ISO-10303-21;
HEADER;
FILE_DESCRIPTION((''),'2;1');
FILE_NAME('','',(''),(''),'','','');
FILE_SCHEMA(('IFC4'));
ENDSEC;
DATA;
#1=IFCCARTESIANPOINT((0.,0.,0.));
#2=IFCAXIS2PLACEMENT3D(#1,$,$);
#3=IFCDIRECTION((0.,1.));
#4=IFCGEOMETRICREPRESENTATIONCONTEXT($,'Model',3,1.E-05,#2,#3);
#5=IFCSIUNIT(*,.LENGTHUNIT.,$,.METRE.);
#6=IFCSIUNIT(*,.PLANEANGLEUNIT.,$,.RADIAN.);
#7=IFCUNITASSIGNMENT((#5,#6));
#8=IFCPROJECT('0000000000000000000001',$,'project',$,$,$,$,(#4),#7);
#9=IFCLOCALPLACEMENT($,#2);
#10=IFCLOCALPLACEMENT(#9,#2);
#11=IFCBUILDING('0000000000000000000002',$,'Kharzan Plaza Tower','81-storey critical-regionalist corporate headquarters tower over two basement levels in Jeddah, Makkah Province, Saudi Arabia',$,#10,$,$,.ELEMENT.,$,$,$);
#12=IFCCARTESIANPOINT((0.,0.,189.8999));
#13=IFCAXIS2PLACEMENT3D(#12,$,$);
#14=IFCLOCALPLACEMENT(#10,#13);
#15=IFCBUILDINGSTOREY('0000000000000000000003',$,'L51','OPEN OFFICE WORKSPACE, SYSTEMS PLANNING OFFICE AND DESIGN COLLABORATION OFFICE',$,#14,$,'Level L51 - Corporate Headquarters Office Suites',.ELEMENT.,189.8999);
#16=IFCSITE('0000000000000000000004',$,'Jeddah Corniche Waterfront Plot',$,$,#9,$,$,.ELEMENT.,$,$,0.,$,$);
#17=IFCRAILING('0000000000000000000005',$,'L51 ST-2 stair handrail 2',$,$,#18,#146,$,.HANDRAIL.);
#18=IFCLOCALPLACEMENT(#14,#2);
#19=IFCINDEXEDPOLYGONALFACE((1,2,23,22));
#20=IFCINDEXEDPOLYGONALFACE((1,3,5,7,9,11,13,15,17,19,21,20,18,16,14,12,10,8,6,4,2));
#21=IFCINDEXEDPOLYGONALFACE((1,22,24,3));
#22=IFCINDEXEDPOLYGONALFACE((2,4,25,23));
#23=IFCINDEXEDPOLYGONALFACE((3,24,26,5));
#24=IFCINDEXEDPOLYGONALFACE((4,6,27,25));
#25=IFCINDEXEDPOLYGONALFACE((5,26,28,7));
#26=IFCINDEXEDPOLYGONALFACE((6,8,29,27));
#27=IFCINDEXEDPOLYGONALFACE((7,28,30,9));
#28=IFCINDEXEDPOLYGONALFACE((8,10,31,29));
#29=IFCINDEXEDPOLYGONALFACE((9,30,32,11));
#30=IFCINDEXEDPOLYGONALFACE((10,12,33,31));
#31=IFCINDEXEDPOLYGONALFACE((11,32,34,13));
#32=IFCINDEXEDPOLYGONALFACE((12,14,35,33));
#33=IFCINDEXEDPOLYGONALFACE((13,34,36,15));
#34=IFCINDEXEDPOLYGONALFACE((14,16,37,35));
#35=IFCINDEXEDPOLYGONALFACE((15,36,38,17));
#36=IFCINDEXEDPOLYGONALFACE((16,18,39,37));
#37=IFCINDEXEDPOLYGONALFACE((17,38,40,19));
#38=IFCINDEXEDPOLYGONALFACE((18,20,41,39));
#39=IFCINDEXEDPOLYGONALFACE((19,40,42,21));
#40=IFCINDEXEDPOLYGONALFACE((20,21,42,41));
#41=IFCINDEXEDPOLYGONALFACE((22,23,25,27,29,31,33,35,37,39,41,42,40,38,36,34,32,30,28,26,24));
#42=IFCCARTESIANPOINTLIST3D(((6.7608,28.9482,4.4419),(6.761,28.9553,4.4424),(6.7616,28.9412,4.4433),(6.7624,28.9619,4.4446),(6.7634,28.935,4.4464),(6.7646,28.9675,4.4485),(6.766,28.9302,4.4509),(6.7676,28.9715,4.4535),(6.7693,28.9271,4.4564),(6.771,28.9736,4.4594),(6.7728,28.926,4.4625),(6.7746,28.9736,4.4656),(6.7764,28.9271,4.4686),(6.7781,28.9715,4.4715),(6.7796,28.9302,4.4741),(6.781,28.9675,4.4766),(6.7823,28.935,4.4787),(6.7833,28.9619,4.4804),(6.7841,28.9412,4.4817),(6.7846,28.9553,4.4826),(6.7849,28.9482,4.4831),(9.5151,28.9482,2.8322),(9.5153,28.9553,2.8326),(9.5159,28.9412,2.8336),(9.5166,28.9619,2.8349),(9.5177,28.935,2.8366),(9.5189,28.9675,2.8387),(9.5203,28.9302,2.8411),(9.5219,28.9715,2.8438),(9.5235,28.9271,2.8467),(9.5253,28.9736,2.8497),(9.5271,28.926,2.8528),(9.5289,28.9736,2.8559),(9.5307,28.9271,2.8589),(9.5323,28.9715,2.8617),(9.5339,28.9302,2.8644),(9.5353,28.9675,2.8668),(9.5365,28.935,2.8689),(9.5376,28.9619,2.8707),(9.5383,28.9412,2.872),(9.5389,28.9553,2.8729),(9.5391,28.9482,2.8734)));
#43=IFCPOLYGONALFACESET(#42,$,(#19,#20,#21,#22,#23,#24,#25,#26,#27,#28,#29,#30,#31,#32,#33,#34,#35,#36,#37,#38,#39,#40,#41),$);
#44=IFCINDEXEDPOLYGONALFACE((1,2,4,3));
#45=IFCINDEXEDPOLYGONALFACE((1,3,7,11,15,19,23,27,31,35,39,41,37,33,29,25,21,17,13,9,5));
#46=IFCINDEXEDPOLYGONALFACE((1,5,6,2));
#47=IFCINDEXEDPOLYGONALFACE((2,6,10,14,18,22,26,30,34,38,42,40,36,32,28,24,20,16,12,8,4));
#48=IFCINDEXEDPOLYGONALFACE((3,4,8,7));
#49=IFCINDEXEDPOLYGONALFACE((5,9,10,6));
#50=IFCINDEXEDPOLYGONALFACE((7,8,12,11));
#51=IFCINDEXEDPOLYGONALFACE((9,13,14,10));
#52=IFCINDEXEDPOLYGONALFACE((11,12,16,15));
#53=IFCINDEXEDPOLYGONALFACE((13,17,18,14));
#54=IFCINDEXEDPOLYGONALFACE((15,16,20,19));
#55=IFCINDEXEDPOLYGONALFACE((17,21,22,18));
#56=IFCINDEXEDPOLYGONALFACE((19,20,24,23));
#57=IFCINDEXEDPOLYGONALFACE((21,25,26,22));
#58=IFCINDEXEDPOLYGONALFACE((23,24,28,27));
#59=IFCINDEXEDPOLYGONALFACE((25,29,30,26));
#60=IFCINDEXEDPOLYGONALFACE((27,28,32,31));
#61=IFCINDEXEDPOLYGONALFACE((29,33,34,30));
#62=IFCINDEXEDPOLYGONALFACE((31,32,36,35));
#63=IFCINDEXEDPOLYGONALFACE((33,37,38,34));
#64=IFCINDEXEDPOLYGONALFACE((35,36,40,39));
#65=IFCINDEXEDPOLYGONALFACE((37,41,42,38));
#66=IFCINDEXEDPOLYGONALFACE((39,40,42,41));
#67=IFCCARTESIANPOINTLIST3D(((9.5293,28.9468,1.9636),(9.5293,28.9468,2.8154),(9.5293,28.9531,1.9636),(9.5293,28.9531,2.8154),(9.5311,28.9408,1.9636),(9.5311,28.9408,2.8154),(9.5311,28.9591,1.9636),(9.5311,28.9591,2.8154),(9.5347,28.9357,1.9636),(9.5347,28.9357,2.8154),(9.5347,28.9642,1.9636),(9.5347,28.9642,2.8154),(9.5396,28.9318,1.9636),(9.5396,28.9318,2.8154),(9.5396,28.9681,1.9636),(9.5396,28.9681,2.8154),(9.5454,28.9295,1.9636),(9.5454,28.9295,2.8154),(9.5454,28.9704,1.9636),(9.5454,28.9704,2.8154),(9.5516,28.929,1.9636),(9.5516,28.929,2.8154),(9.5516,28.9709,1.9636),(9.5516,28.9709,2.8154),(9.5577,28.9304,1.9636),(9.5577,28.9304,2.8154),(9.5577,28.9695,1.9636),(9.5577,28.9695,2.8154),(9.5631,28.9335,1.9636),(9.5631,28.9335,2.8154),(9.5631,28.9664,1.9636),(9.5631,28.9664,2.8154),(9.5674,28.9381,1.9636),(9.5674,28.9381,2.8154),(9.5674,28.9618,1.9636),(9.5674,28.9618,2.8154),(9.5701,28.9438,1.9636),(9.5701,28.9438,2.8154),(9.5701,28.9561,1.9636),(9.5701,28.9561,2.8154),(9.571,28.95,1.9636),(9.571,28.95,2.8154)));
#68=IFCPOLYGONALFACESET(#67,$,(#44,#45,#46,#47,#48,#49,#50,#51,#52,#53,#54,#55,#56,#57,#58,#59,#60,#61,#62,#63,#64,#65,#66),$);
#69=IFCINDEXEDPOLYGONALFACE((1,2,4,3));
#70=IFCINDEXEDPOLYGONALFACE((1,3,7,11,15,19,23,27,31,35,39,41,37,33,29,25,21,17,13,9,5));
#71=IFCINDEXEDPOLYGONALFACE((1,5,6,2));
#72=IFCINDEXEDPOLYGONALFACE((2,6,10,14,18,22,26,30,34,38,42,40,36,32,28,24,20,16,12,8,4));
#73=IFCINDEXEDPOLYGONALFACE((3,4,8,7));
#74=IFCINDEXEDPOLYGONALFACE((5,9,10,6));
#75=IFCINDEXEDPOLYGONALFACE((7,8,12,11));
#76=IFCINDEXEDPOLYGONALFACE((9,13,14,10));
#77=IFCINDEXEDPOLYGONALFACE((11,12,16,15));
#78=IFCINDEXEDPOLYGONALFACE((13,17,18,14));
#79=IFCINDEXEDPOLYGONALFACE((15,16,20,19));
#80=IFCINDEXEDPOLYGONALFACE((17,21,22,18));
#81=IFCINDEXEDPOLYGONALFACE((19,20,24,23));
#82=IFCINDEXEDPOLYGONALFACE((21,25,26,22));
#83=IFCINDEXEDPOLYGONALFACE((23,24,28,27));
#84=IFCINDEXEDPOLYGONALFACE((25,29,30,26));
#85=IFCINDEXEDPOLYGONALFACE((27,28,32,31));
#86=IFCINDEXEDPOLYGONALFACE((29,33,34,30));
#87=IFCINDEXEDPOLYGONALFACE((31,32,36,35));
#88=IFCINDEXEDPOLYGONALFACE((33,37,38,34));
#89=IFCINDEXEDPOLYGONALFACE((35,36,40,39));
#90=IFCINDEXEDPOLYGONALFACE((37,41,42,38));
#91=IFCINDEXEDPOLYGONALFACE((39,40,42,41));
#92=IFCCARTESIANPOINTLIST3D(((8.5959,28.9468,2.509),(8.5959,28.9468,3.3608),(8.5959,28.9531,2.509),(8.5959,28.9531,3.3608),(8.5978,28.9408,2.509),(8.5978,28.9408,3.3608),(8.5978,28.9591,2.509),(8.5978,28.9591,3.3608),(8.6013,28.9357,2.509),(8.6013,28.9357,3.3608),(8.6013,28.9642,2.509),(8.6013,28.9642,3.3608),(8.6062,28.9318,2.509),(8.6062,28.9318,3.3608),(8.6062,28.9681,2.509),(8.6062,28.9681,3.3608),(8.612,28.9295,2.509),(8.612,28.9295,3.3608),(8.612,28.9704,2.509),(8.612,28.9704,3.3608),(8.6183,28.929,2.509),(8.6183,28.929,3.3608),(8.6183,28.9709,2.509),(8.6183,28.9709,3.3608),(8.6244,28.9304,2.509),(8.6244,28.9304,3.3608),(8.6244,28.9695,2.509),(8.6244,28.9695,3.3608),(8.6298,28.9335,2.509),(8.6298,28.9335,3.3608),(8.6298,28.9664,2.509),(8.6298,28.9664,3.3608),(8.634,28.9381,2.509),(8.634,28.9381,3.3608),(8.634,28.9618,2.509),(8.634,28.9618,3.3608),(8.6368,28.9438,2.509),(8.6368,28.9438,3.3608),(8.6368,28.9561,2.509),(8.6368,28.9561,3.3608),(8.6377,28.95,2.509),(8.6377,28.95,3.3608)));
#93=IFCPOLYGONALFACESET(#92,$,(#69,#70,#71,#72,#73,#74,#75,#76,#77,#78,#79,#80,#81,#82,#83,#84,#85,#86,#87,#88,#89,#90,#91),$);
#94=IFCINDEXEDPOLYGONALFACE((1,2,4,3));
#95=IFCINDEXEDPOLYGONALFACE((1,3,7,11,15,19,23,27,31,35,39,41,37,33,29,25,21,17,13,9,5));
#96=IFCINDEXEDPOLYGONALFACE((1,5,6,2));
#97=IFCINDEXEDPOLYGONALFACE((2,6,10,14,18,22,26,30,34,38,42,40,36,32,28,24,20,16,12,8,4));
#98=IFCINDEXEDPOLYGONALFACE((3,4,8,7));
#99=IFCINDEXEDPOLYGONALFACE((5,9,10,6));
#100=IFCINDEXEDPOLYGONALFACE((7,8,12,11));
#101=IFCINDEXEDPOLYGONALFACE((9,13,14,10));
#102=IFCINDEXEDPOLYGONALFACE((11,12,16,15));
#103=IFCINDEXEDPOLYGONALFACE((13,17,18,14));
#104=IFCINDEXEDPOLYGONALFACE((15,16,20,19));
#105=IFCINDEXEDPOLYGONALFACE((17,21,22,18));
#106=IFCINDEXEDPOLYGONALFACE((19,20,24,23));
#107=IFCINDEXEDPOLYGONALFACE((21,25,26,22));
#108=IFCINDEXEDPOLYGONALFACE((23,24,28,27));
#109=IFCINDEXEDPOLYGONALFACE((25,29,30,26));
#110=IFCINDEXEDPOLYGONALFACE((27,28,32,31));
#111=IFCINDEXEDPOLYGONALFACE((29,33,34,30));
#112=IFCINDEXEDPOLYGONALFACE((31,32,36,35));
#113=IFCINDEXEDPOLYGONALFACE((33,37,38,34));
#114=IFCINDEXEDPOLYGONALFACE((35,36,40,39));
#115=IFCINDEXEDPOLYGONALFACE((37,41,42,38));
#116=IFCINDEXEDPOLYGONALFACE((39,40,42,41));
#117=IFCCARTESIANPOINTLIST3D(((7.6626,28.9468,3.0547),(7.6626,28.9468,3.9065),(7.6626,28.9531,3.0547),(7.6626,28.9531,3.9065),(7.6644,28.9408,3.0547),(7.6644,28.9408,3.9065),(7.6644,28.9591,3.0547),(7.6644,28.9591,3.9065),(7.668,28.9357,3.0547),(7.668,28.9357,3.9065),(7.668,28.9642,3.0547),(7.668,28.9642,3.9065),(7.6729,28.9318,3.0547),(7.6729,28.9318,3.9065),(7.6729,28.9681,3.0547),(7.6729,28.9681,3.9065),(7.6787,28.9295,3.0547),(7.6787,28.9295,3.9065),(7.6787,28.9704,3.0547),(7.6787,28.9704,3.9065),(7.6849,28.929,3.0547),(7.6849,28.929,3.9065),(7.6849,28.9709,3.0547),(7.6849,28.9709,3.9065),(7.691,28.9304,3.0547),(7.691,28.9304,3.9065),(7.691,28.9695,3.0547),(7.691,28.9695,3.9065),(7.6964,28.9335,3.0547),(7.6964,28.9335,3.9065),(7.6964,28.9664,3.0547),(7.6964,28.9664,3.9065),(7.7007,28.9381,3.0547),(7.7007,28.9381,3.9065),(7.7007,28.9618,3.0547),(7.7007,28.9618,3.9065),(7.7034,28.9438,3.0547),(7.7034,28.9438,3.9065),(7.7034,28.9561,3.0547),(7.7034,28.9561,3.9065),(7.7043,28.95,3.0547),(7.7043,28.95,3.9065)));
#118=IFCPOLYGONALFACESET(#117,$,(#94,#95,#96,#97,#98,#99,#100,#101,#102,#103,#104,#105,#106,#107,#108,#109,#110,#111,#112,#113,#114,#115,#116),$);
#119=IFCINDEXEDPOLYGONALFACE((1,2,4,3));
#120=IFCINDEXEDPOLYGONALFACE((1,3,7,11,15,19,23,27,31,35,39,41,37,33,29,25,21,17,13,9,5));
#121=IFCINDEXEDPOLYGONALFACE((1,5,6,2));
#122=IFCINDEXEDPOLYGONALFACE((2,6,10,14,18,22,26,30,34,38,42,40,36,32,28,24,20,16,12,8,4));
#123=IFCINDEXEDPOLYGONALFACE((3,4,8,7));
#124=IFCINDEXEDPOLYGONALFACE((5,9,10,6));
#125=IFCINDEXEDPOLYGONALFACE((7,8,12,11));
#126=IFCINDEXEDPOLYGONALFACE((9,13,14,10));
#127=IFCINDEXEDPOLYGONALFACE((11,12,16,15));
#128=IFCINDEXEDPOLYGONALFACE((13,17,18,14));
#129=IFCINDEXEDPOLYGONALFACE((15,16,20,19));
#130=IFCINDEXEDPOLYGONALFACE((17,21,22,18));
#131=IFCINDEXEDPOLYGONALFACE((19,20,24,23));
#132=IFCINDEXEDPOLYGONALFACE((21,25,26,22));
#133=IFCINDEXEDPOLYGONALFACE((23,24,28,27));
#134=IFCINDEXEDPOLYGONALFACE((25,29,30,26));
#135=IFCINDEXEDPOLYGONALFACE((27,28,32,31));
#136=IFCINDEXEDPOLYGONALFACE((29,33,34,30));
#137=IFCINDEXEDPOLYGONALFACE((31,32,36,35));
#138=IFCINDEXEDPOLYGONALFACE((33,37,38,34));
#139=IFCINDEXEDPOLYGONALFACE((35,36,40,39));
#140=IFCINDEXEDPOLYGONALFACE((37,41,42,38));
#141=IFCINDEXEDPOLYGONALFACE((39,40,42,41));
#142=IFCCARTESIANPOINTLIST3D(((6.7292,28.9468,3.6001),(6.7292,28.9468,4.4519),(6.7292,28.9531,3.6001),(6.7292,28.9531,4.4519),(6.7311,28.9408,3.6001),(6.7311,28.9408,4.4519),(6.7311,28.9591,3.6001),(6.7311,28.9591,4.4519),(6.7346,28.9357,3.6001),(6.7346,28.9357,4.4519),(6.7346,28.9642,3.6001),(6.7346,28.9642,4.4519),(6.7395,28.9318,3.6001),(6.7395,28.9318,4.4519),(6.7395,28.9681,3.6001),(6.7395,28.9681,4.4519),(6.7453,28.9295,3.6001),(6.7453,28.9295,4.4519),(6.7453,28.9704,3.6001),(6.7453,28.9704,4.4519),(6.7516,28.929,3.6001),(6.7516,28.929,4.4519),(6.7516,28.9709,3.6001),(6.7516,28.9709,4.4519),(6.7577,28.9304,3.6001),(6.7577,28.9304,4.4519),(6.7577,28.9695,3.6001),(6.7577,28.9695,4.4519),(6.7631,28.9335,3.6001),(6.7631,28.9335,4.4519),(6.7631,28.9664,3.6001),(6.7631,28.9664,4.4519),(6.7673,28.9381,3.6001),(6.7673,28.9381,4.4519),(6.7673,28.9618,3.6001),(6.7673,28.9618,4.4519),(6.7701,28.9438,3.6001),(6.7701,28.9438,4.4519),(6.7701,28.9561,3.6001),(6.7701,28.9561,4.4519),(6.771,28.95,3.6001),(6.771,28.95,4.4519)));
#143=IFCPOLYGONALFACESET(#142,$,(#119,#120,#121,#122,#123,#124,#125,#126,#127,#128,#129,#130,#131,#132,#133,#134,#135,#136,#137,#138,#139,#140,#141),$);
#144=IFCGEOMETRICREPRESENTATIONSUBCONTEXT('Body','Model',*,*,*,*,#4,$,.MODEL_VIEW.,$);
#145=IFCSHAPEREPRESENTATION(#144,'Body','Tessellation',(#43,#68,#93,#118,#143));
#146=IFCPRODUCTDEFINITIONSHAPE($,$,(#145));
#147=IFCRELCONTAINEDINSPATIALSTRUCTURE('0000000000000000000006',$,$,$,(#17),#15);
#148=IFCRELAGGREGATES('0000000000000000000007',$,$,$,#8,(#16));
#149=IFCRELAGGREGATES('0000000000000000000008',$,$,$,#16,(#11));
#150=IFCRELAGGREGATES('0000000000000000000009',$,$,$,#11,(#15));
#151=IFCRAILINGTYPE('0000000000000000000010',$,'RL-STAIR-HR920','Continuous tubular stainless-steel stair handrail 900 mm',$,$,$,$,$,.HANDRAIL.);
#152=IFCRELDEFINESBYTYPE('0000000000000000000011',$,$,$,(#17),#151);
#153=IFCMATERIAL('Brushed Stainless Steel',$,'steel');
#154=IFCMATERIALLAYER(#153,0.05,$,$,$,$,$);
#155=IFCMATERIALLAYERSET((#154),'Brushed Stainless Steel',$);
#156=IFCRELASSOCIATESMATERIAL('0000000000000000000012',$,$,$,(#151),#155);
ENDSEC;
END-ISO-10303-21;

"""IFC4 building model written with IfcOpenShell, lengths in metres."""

from ifc_helpers import new_model, si_unit, direction, frame, origin, origin_2d, place, context, subcontext, project, spatial, circle, extrude, source, transform, mapped, material, layer, layer_set, type_object, element, save


model = new_model("IFC4")

# Units and contexts
model_context = context("Model", 3, precision=1e-05, world=origin(), true_north=direction((0.0, 1.0)))
body_context = subcontext(model_context, "Body", "Model", "MODEL_VIEW")
ifc_project = project(units=[si_unit("LENGTHUNIT", "METRE"), si_unit("PLANEANGLEUNIT", "RADIAN")], contexts=[model_context])

# Site, building, storey
site_placement = place(None, origin())
site = spatial("IfcSite", under=ifc_project, at=site_placement, Name="Jeddah Corniche Waterfront Plot", CompositionType="ELEMENT", RefElevation=0.0)
building_placement = place(site_placement, origin())
building = spatial("IfcBuilding", under=site, at=building_placement, Name="Kharzan Plaza Tower", Description="81-storey critical-regionalist corporate headquarters tower over two basement levels in Jeddah, Makkah Province, Saudi Arabia", CompositionType="ELEMENT")
storey_placement = place(building_placement, frame((0.0, 0.0, 189.8999)))
storey = spatial("IfcBuildingStorey", under=building, at=storey_placement, Name="L51", Description="OPEN OFFICE WORKSPACE, SYSTEMS PLANNING OFFICE AND DESIGN COLLABORATION OFFICE", LongName="Level L51 - Corporate Headquarters Office Suites", CompositionType="ELEMENT", Elevation=189.8999)

# Shared definitions
ifc_material_1 = material(Name="Brushed Stainless Steel", Category="steel")

# Railing
ifc_layer_1 = layer(ifc_material_1, 0.05)
ifc_layer_set_1 = layer_set([ifc_layer_1], Name="Brushed Stainless Steel")
railing_type_1 = type_object("IfcRailingType", Name="RL-STAIR-HR920", Description="Continuous tubular stainless-steel stair handrail 900 mm", PredefinedType="HANDRAIL", material=ifc_layer_set_1)
shared_shape_1 = source(origin(), body_context, "Body", "SweptSolid", [
    extrude(circle(Radius=0.0239, at=origin_2d()), frame((-0.0229, 0.0, 0.8892), z_axis=(-0.863361, 0.0, 0.504587), x_axis=(0.0, -1.0, 0.0)), (0.0, 0.0, 1.0), 3.1902),
    extrude(circle(Radius=0.021, at=origin_2d()), origin(), (0.0, 0.0, 1.0), 0.8518),
    extrude(circle(Radius=0.021, at=origin_2d()), frame((-0.9333, 0.0, 0.5454)), (0.0, 0.0, 1.0), 0.8518),
    extrude(circle(Radius=0.021, at=origin_2d()), frame((-1.8667, 0.0, 1.0911)), (0.0, 0.0, 1.0), 0.8518),
    extrude(circle(Radius=0.021, at=origin_2d()), frame((-2.8, 0.0, 1.6365)), (0.0, 0.0, 1.0), 0.8518),
])
railing_1_placement = place(storey_placement, frame((9.55, 28.95, 1.9636)))
element("IfcRailing", 1, at=railing_1_placement, inside=storey, type_object=railing_type_1, Name="L51 ST-2 stair handrail 2", PredefinedType="HANDRAIL", context=body_context, shape_type="MappedRepresentation", body=[
    mapped(shared_shape_1, transform((0.0, 0.0, 0.0), x_axis=(1.0, 0.0, 0.0), y_axis=(0.0, 1.0, 0.0), z_axis=(0.0, 0.0, 1.0))),
])

save(model, "model.ifc")
